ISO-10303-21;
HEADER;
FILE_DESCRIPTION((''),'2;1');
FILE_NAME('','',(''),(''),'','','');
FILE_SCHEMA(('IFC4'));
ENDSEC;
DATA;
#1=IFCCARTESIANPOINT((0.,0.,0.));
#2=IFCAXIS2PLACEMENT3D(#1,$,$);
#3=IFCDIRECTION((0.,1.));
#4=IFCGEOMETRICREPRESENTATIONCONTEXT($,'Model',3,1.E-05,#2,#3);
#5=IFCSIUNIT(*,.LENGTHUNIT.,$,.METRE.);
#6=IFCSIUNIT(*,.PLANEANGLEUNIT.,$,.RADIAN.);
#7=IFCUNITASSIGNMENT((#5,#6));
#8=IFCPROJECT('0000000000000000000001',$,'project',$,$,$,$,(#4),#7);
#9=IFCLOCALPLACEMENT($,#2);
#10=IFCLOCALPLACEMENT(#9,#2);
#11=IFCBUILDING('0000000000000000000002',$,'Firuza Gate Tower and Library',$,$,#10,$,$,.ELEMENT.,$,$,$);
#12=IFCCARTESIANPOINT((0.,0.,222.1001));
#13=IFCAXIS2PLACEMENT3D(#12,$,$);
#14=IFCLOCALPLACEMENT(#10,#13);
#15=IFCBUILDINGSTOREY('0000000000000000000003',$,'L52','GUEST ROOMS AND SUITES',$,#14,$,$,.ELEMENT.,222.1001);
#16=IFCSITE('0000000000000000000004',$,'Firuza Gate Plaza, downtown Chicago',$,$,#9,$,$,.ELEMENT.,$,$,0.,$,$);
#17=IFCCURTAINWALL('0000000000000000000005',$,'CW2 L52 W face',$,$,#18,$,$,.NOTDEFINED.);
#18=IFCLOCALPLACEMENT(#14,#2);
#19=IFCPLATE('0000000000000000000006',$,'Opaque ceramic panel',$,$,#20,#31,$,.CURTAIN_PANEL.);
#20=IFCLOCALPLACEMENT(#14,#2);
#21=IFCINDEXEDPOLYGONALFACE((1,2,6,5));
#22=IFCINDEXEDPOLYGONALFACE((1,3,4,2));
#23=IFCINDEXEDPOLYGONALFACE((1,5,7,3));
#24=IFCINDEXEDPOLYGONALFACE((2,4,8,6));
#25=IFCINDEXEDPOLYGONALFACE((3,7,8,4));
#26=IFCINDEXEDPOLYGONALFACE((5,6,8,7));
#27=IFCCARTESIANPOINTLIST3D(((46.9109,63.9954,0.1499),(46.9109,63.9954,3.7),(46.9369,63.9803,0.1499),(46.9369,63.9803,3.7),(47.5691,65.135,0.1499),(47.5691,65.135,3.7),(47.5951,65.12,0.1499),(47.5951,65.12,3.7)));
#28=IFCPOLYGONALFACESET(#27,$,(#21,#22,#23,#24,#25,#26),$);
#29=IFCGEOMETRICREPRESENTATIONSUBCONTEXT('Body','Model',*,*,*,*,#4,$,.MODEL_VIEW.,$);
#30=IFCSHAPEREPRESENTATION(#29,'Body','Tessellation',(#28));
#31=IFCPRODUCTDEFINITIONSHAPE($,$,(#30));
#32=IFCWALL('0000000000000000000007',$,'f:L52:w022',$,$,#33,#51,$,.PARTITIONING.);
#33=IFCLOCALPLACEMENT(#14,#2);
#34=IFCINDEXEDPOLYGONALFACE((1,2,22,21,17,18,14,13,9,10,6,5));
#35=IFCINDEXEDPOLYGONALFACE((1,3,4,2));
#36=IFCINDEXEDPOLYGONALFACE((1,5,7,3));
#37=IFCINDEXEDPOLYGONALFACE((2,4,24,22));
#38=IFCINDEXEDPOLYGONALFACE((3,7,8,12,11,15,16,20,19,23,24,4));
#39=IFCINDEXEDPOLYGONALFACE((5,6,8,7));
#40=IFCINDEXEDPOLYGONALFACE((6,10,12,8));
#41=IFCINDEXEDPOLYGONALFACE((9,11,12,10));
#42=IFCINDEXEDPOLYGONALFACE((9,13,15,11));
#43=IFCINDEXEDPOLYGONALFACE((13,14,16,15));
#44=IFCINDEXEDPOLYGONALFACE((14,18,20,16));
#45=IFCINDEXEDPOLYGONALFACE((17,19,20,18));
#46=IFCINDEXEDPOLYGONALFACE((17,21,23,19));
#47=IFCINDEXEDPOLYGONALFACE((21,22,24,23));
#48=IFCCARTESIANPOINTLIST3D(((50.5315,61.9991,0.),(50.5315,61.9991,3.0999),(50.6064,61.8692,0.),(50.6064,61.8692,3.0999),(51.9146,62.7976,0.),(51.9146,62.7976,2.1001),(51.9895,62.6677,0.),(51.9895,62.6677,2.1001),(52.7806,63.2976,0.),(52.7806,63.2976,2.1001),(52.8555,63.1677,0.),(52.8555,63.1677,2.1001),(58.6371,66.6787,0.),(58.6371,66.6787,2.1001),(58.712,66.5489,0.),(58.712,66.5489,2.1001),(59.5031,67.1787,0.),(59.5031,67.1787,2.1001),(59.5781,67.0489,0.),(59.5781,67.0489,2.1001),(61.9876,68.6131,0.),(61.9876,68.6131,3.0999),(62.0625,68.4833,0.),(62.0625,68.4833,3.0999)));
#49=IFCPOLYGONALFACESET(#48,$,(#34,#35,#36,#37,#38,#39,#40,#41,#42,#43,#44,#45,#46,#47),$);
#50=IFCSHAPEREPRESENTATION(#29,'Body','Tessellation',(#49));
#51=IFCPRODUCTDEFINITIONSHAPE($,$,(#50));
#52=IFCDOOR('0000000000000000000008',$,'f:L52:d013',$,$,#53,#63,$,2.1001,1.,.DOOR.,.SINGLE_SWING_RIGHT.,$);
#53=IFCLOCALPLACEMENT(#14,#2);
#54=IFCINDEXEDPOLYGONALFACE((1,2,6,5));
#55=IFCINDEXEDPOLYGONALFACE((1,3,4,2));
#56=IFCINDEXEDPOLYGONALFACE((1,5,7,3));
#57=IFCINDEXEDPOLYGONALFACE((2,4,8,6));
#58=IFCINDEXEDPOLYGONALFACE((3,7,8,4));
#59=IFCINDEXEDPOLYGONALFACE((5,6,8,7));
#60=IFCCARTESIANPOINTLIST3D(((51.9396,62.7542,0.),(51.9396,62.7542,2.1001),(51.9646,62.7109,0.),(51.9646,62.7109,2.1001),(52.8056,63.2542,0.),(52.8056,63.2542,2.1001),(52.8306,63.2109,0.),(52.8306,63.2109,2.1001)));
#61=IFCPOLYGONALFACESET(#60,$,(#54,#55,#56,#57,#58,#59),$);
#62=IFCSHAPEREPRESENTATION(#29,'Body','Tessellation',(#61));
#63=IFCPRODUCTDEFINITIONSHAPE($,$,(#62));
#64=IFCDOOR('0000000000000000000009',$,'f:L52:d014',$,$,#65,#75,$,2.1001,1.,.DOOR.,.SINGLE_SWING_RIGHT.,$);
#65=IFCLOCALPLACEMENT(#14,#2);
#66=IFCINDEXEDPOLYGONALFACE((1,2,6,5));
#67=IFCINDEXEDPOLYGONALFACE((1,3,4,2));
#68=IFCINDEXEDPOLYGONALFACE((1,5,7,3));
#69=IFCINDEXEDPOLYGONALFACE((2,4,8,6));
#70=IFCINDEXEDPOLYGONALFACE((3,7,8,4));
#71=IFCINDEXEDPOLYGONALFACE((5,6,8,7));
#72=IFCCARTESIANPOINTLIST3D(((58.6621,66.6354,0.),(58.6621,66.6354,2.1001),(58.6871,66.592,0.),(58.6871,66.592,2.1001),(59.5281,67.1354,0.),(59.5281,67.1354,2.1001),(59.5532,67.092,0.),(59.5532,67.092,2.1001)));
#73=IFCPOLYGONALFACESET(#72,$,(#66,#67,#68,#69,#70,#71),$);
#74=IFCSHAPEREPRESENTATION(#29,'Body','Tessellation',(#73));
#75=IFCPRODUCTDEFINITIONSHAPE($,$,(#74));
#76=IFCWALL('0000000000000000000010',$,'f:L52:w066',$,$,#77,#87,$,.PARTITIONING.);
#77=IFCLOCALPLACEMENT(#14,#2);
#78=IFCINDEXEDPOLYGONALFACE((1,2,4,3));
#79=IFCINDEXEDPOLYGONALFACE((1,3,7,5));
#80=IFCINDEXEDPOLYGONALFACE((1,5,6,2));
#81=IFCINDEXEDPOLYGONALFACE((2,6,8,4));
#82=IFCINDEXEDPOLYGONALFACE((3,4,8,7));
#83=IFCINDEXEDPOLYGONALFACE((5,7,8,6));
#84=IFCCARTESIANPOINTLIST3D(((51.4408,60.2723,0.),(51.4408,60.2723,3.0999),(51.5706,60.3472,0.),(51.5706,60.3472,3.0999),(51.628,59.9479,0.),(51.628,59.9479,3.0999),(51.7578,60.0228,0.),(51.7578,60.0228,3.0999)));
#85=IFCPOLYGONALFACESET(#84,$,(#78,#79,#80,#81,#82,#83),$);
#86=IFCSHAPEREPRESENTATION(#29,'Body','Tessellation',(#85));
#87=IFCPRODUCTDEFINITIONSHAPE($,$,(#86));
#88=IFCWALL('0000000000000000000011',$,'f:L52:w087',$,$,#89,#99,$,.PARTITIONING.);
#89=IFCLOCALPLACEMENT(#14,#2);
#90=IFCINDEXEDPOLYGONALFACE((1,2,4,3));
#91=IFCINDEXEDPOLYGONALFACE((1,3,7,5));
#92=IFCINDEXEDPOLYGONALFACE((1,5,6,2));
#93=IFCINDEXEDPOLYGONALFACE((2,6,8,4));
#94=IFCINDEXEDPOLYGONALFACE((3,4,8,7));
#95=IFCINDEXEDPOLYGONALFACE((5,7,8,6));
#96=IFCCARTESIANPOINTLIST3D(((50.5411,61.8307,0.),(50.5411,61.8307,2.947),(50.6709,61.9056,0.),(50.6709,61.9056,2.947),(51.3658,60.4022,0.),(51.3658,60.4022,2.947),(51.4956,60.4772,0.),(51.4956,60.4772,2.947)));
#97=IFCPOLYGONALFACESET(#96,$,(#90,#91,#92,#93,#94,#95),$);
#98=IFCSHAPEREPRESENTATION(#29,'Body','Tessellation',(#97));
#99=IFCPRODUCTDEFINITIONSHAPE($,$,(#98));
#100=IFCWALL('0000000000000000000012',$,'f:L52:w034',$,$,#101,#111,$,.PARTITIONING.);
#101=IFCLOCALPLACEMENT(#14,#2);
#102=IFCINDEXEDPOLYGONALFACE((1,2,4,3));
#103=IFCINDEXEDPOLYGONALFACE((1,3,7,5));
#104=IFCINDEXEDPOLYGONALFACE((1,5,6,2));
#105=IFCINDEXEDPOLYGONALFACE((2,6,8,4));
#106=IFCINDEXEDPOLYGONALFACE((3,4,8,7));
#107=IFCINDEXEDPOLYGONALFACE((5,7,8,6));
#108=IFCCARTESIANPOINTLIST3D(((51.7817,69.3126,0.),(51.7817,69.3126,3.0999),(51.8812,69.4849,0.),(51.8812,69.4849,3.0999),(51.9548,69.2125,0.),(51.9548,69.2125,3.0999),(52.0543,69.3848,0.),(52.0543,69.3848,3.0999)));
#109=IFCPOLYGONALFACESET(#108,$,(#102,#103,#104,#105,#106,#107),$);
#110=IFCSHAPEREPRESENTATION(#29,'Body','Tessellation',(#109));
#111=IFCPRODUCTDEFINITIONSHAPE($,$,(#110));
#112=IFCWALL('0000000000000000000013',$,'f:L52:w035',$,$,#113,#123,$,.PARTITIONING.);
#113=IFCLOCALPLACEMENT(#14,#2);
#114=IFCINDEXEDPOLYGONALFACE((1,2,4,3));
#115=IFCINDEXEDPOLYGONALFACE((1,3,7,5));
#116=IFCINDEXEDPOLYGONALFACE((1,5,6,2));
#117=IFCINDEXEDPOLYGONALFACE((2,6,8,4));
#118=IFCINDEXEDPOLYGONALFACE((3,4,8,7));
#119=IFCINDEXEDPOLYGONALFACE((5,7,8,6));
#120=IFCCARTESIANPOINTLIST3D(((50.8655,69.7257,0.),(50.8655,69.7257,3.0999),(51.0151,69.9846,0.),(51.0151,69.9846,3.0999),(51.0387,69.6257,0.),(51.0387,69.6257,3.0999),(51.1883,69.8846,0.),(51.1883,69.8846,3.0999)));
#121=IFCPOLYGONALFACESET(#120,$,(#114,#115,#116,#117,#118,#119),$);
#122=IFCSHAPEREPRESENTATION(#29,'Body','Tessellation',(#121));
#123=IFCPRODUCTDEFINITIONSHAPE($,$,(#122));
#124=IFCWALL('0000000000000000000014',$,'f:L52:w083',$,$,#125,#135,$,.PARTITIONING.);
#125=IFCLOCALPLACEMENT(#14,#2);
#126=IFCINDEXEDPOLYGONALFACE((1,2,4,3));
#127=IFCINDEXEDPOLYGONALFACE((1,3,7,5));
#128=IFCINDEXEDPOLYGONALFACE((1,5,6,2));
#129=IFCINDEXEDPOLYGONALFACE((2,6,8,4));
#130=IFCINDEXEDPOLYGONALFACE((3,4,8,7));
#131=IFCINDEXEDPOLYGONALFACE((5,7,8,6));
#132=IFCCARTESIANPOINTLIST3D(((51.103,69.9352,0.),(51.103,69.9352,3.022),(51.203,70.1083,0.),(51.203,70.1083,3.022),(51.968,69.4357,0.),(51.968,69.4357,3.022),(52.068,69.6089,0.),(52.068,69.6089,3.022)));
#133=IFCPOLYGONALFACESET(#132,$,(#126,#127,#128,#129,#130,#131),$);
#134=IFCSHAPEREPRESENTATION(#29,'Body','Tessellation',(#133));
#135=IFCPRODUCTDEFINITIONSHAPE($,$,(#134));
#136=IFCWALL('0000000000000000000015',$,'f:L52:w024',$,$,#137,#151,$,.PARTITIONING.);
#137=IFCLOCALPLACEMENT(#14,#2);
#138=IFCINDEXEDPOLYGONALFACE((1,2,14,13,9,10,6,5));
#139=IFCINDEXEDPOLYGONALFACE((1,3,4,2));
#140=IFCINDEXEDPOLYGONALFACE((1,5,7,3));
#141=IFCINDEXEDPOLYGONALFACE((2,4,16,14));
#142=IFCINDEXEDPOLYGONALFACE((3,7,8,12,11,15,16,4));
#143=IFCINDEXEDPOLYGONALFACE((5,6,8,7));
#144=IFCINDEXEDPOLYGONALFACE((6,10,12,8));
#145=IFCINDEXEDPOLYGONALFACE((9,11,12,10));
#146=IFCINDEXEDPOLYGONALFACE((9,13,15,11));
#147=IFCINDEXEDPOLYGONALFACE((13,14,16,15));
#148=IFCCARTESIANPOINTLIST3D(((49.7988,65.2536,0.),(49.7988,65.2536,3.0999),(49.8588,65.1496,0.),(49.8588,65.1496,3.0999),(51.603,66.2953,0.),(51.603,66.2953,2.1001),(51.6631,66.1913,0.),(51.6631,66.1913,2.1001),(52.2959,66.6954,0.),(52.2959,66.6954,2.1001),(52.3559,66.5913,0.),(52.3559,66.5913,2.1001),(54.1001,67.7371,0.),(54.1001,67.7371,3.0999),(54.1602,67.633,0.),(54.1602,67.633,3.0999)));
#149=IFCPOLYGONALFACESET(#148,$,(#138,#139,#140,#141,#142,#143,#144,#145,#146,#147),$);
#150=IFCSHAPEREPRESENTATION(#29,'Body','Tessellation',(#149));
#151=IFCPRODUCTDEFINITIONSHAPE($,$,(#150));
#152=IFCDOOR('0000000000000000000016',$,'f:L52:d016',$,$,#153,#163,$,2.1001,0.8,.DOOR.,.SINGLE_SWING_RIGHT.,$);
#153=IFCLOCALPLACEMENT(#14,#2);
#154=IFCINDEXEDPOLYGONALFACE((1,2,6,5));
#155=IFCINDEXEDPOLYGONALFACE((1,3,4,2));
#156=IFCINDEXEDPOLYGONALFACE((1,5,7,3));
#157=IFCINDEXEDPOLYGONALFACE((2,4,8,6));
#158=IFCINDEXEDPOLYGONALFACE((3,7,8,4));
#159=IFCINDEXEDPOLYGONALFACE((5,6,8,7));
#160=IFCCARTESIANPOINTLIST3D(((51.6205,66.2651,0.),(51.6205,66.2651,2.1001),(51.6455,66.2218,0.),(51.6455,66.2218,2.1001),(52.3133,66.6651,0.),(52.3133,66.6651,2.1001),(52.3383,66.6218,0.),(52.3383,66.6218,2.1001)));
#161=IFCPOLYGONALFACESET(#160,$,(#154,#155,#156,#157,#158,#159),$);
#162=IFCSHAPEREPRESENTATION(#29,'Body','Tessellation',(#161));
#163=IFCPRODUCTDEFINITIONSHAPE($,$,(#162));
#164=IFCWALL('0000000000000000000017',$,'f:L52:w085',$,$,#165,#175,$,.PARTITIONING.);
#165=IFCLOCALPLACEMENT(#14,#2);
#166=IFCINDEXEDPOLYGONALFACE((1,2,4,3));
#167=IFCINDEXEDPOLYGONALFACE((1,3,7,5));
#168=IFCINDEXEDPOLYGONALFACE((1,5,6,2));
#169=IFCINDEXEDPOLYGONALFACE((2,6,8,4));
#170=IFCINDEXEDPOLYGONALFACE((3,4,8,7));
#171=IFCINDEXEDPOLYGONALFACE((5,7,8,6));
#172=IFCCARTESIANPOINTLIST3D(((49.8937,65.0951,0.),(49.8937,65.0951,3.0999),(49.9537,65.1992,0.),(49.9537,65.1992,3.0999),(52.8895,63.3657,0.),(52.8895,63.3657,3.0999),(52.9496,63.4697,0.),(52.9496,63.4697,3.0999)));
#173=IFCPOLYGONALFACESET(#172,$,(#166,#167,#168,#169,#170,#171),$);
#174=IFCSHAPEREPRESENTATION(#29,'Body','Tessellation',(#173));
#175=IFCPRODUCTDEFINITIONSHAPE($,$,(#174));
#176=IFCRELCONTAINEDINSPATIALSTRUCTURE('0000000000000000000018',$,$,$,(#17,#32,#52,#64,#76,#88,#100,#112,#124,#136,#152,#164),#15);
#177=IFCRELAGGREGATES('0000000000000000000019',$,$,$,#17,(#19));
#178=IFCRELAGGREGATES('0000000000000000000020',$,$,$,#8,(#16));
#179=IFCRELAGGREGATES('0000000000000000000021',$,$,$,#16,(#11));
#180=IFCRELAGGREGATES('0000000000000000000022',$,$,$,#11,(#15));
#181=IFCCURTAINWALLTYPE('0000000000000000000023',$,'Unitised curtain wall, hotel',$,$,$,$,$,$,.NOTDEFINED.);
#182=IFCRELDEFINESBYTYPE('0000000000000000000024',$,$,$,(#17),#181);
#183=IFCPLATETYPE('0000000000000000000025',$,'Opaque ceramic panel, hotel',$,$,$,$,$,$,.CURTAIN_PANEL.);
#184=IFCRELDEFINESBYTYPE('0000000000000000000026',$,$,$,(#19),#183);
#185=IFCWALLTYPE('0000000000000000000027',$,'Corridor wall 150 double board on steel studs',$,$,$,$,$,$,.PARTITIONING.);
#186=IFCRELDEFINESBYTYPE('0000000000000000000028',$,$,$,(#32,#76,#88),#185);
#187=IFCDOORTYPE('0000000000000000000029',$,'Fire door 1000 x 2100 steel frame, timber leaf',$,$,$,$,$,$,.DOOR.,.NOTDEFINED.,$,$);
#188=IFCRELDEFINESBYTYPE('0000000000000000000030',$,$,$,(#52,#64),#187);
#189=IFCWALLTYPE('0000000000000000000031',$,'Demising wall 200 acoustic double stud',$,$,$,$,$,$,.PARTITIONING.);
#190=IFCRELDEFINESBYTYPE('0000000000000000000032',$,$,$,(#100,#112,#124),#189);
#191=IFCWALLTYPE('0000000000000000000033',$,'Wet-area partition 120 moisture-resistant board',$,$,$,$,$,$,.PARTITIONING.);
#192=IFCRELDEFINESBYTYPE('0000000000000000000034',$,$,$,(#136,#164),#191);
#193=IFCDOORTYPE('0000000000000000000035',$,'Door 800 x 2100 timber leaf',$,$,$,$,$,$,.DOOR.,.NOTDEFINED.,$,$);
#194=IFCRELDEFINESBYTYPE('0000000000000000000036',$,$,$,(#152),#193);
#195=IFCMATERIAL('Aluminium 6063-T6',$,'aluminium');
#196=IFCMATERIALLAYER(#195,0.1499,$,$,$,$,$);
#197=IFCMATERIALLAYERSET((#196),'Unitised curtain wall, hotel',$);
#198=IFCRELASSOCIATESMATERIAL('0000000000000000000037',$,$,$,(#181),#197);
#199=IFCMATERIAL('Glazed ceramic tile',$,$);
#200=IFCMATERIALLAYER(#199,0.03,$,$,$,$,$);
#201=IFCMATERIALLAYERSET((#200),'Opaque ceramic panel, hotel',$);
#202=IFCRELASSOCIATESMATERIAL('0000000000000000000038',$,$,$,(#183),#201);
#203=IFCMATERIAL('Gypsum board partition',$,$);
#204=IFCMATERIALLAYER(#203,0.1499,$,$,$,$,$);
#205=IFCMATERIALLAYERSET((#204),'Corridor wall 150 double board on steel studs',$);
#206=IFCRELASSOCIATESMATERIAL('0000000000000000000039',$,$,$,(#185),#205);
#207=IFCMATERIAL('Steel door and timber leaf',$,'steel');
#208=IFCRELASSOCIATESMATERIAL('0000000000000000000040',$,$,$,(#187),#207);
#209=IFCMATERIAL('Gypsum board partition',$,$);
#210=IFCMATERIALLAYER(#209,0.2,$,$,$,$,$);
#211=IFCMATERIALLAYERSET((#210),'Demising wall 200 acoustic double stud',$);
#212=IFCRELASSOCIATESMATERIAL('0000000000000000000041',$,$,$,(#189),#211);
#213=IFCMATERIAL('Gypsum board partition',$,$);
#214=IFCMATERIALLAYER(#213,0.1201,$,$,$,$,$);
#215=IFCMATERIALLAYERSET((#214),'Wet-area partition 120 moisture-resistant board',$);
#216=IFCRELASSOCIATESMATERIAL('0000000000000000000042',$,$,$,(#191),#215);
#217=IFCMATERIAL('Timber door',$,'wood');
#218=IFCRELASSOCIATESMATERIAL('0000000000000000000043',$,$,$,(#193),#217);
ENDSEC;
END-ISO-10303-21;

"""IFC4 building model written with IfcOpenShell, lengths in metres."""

from ifc_helpers import new_model, si_unit, direction, frame, frame_2d, origin, place, context, subcontext, project, spatial, polyline, rectangle, outline, extrude, material, layer, layer_set, type_object, element, fill, aggregate, save


model = new_model("IFC4")

# Units and contexts
model_context = context("Model", 3, precision=1e-05, world=origin(), true_north=direction((0.0, 1.0)))
body_context = subcontext(model_context, "Body", "Model", "MODEL_VIEW")
ifc_project = project(units=[si_unit("LENGTHUNIT", "METRE"), si_unit("PLANEANGLEUNIT", "RADIAN")], contexts=[model_context])

# Site, building, storey
site_placement = place(None, origin())
site = spatial("IfcSite", under=ifc_project, at=site_placement, Name="Firuza Gate Plaza, downtown Chicago", CompositionType="ELEMENT", RefElevation=0.0)
building_placement = place(site_placement, origin())
building = spatial("IfcBuilding", under=site, at=building_placement, Name="Firuza Gate Tower and Library", CompositionType="ELEMENT")
storey_placement = place(building_placement, frame((0.0, 0.0, 222.1001)))
storey = spatial("IfcBuildingStorey", under=building, at=storey_placement, Name="L52", Description="GUEST ROOMS AND SUITES", CompositionType="ELEMENT", Elevation=222.1001)

# Shared definitions
placement = place(storey_placement, origin())

# Curtain wall
ifc_material_1 = material(Name="Aluminium 6063-T6", Category="aluminium")
ifc_layer_1 = layer(ifc_material_1, 0.1499)
ifc_layer_set_1 = layer_set([ifc_layer_1], Name="Unitised curtain wall, hotel")
curtain_wall_type_1 = type_object("IfcCurtainWallType", Name="Unitised curtain wall, hotel", PredefinedType="NOTDEFINED", material=ifc_layer_set_1)
curtain_wall_1 = element("IfcCurtainWall", 1, at=placement, inside=storey, type_object=curtain_wall_type_1, Name="CW2 L52 W face", PredefinedType="NOTDEFINED")

# Plate
ifc_material_2 = material(Name="Glazed ceramic tile")
ifc_layer_2 = layer(ifc_material_2, 0.03)
ifc_layer_set_2 = layer_set([ifc_layer_2], Name="Opaque ceramic panel, hotel")
plate_type_1 = type_object("IfcPlateType", Name="Opaque ceramic panel, hotel", PredefinedType="CURTAIN_PANEL", material=ifc_layer_set_2)
plate_1_placement = place(storey_placement, frame((47.5691, 65.135, 0.1499), z_axis=(-0.865951, 0.500129, 0.0), x_axis=(-0.500129, -0.865951, 0.0)))
plate_1 = element("IfcPlate", 2, at=plate_1_placement, type_object=plate_type_1, Name="Opaque ceramic panel", PredefinedType="CURTAIN_PANEL", context=body_context, shape_type="SweptSolid", body=[
    extrude(outline(polyline([(0.0, 0.0), (1.3161, 0.0), (1.3161, 3.55), (0.0, 3.55), (0.0, 0.0)])), origin(), (0.0, 0.0, -1.0), 0.03),
])
aggregate(curtain_wall_1, [plate_1])

# Wall, openings, doors
ifc_material_3 = material(Name="Gypsum board partition")
ifc_layer_3 = layer(ifc_material_3, 0.1499)
ifc_layer_set_3 = layer_set([ifc_layer_3], Name="Corridor wall 150 double board on steel studs")
wall_type_1 = type_object("IfcWallType", Name="Corridor wall 150 double board on steel studs", PredefinedType="PARTITIONING", material=ifc_layer_set_3)
wall_1_placement = place(storey_placement, frame((50.5688, 61.9341, 0.0), z_axis=(0.0, 0.0, 1.0), x_axis=(0.86603, 0.499992, 0.0)))
wall_1 = element("IfcWall", 3, at=wall_1_placement, inside=storey, type_object=wall_type_1, Name="f:L52:w022", PredefinedType="PARTITIONING", context=body_context, shape_type="SweptSolid", body=[
    extrude(rectangle(XDim=13.2283, YDim=0.1499, at=frame_2d((6.6143, 0.0))), origin(), (0.0, 0.0, 1.0), 3.0999),
])
opening_1_placement = place(wall_1_placement, frame((1.5972, 0.0, 0.0)))
opening_1 = element("IfcOpeningElement", 4, at=opening_1_placement, cuts=wall_1, PredefinedType="OPENING", context=body_context, shape_type="SweptSolid", body=[
    extrude(rectangle(XDim=1.0, YDim=2.1001, at=frame_2d((0.5, 1.05))), frame((0.0, 0.085, 0.0), z_axis=(0.0, -1.0, 0.0), x_axis=(1.0, 0.0, 0.0)), (0.0, 0.0, 1.0), 0.1699),
])
opening_2_placement = place(wall_1_placement, frame((9.3596, 0.0, 0.0)))
opening_2 = element("IfcOpeningElement", 5, at=opening_2_placement, cuts=wall_1, PredefinedType="OPENING", context=body_context, shape_type="SweptSolid", body=[
    extrude(rectangle(XDim=1.0, YDim=2.1001, at=frame_2d((0.5, 1.05))), frame((0.0, 0.085, 0.0), z_axis=(0.0, -1.0, 0.0), x_axis=(1.0, 0.0, 0.0)), (0.0, 0.0, 1.0), 0.1699),
])
ifc_material_4 = material(Name="Steel door and timber leaf", Category="steel")
door_type_1 = type_object("IfcDoorType", Name="Fire door 1000 x 2100 steel frame, timber leaf", OperationType="NOTDEFINED", PredefinedType="DOOR", material=ifc_material_4)
door_1_placement = place(opening_1_placement, origin())
door_1 = element("IfcDoor", 6, at=door_1_placement, inside=storey, type_object=door_type_1, Name="f:L52:d013", OperationType="SINGLE_SWING_RIGHT", OverallHeight=2.1001, OverallWidth=1.0, PredefinedType="DOOR", context=body_context, shape_type="SweptSolid", body=[
    extrude(rectangle(XDim=1.0, YDim=2.1001, at=frame_2d((0.5, 1.05))), frame((0.0, 0.0249, 0.0), z_axis=(0.0, -1.0, 0.0), x_axis=(1.0, 0.0, 0.0)), (0.0, 0.0, 1.0), 0.05),
])
fill(opening_1, door_1)
door_2_placement = place(opening_2_placement, origin())
door_2 = element("IfcDoor", 7, at=door_2_placement, inside=storey, type_object=door_type_1, Name="f:L52:d014", OperationType="SINGLE_SWING_RIGHT", OverallHeight=2.1001, OverallWidth=1.0, PredefinedType="DOOR", context=body_context, shape_type="SweptSolid", body=[
    extrude(rectangle(XDim=1.0, YDim=2.1001, at=frame_2d((0.5, 1.05))), frame((0.0, 0.0249, 0.0), z_axis=(0.0, -1.0, 0.0), x_axis=(1.0, 0.0, 0.0)), (0.0, 0.0, 1.0), 0.05),
])
fill(opening_2, door_2)

# Walls
wall_2_placement = place(storey_placement, frame((51.6929, 59.9854, 0.0), z_axis=(0.0, 0.0, 1.0), x_axis=(-0.499854, 0.86611, 0.0)))
element("IfcWall", 8, at=wall_2_placement, inside=storey, type_object=wall_type_1, Name="f:L52:w066", PredefinedType="PARTITIONING", context=body_context, shape_type="SweptSolid", body=[
    extrude(rectangle(XDim=0.3745, YDim=0.1499, at=frame_2d((0.1873, 0.0))), origin(), (0.0, 0.0, 1.0), 3.0999),
])
wall_3_placement = place(storey_placement, frame((51.4307, 60.4397, 0.0), z_axis=(0.0, 0.0, 1.0), x_axis=(-0.499992, 0.86603, 0.0)))
element("IfcWall", 9, at=wall_3_placement, inside=storey, type_object=wall_type_1, Name="f:L52:w087", PredefinedType="PARTITIONING", context=body_context, shape_type="SweptSolid", body=[
    extrude(rectangle(XDim=1.6494, YDim=0.1499, at=frame_2d((0.8247, 0.0))), origin(), (0.0, 0.0, 1.0), 2.947),
])
ifc_material_5 = material(Name="Gypsum board partition")
ifc_layer_4 = layer(ifc_material_5, 0.2)
ifc_layer_set_4 = layer_set([ifc_layer_4], Name="Demising wall 200 acoustic double stud")
wall_type_2 = type_object("IfcWallType", Name="Demising wall 200 acoustic double stud", PredefinedType="PARTITIONING", material=ifc_layer_set_4)
wall_4_placement = place(storey_placement, frame((51.8682, 69.2625, 0.0), z_axis=(0.0, 0.0, 1.0), x_axis=(0.500359, 0.865818, 0.0)))
element("IfcWall", 10, at=wall_4_placement, inside=storey, type_object=wall_type_2, Name="f:L52:w034", PredefinedType="PARTITIONING", context=body_context, shape_type="SweptSolid", body=[
    extrude(rectangle(XDim=0.199, YDim=0.2, at=frame_2d((0.0996, 0.0))), origin(), (0.0, 0.0, 1.0), 3.0999),
])
wall_5_placement = place(storey_placement, frame((50.9521, 69.6758, 0.0), z_axis=(0.0, 0.0, 1.0), x_axis=(0.500264, 0.865873, 0.0)))
element("IfcWall", 11, at=wall_5_placement, inside=storey, type_object=wall_type_2, Name="f:L52:w035", PredefinedType="PARTITIONING", context=body_context, shape_type="SweptSolid", body=[
    extrude(rectangle(XDim=0.2991, YDim=0.2, at=frame_2d((0.1494, 0.0))), origin(), (0.0, 0.0, 1.0), 3.0999),
])
wall_6_placement = place(storey_placement, frame((52.0181, 69.5222, 0.0), z_axis=(0.0, 0.0, 1.0), x_axis=(-0.865978, 0.500082, 0.0)))
element("IfcWall", 12, at=wall_6_placement, inside=storey, type_object=wall_type_2, Name="f:L52:w083", PredefinedType="PARTITIONING", context=body_context, shape_type="SweptSolid", body=[
    extrude(rectangle(XDim=0.9988, YDim=0.2, at=frame_2d((0.4995, 0.0))), origin(), (0.0, 0.0, 1.0), 3.022),
])

# Wall, opening, door
ifc_material_6 = material(Name="Gypsum board partition")
ifc_layer_5 = layer(ifc_material_6, 0.1201)
ifc_layer_set_5 = layer_set([ifc_layer_5], Name="Wet-area partition 120 moisture-resistant board")
wall_type_3 = type_object("IfcWallType", Name="Wet-area partition 120 moisture-resistant board", PredefinedType="PARTITIONING", material=ifc_layer_set_5)
wall_7_placement = place(storey_placement, frame((54.1301, 67.6851, 0.0), z_axis=(0.0, 0.0, 1.0), x_axis=(-0.86602, -0.500009, 0.0)))
wall_7 = element("IfcWall", 13, at=wall_7_placement, inside=storey, type_object=wall_type_3, Name="f:L52:w024", PredefinedType="PARTITIONING", context=body_context, shape_type="SweptSolid", body=[
    extrude(rectangle(XDim=4.9668, YDim=0.1201, at=frame_2d((2.4834, 0.0))), origin(), (0.0, 0.0, 1.0), 3.0999),
])
opening_3_placement = place(wall_7_placement, frame((2.0835, 0.0, 0.0)))
opening_3 = element("IfcOpeningElement", 14, at=opening_3_placement, cuts=wall_7, PredefinedType="OPENING", context=body_context, shape_type="SweptSolid", body=[
    extrude(rectangle(XDim=0.8, YDim=2.1001, at=frame_2d((0.3999, 1.05))), frame((0.0, 0.0701, 0.0), z_axis=(0.0, -1.0, 0.0), x_axis=(1.0, 0.0, 0.0)), (0.0, 0.0, 1.0), 0.1401),
])
ifc_material_7 = material(Name="Timber door", Category="wood")
door_type_2 = type_object("IfcDoorType", Name="Door 800 x 2100 timber leaf", OperationType="NOTDEFINED", PredefinedType="DOOR", material=ifc_material_7)
door_3_placement = place(opening_3_placement, origin())
door_3 = element("IfcDoor", 15, at=door_3_placement, inside=storey, type_object=door_type_2, Name="f:L52:d016", OperationType="SINGLE_SWING_RIGHT", OverallHeight=2.1001, OverallWidth=0.8, PredefinedType="DOOR", context=body_context, shape_type="SweptSolid", body=[
    extrude(rectangle(XDim=0.8, YDim=2.1001, at=frame_2d((0.3999, 1.05))), frame((0.0, 0.0249, 0.0), z_axis=(0.0, -1.0, 0.0), x_axis=(1.0, 0.0, 0.0)), (0.0, 0.0, 1.0), 0.05),
])
fill(opening_3, door_3)

# Wall
wall_8_placement = place(storey_placement, frame((52.9194, 63.4177, 0.0), z_axis=(0.0, 0.0, 1.0), x_axis=(-0.866046, 0.499965, 0.0)))
element("IfcWall", 16, at=wall_8_placement, inside=storey, type_object=wall_type_3, Name="f:L52:w085", PredefinedType="PARTITIONING", context=body_context, shape_type="SweptSolid", body=[
    extrude(rectangle(XDim=3.4592, YDim=0.1201, at=frame_2d((1.7295, 0.0))), origin(), (0.0, 0.0, 1.0), 3.0999),
])

save(model, "model.ifc")
